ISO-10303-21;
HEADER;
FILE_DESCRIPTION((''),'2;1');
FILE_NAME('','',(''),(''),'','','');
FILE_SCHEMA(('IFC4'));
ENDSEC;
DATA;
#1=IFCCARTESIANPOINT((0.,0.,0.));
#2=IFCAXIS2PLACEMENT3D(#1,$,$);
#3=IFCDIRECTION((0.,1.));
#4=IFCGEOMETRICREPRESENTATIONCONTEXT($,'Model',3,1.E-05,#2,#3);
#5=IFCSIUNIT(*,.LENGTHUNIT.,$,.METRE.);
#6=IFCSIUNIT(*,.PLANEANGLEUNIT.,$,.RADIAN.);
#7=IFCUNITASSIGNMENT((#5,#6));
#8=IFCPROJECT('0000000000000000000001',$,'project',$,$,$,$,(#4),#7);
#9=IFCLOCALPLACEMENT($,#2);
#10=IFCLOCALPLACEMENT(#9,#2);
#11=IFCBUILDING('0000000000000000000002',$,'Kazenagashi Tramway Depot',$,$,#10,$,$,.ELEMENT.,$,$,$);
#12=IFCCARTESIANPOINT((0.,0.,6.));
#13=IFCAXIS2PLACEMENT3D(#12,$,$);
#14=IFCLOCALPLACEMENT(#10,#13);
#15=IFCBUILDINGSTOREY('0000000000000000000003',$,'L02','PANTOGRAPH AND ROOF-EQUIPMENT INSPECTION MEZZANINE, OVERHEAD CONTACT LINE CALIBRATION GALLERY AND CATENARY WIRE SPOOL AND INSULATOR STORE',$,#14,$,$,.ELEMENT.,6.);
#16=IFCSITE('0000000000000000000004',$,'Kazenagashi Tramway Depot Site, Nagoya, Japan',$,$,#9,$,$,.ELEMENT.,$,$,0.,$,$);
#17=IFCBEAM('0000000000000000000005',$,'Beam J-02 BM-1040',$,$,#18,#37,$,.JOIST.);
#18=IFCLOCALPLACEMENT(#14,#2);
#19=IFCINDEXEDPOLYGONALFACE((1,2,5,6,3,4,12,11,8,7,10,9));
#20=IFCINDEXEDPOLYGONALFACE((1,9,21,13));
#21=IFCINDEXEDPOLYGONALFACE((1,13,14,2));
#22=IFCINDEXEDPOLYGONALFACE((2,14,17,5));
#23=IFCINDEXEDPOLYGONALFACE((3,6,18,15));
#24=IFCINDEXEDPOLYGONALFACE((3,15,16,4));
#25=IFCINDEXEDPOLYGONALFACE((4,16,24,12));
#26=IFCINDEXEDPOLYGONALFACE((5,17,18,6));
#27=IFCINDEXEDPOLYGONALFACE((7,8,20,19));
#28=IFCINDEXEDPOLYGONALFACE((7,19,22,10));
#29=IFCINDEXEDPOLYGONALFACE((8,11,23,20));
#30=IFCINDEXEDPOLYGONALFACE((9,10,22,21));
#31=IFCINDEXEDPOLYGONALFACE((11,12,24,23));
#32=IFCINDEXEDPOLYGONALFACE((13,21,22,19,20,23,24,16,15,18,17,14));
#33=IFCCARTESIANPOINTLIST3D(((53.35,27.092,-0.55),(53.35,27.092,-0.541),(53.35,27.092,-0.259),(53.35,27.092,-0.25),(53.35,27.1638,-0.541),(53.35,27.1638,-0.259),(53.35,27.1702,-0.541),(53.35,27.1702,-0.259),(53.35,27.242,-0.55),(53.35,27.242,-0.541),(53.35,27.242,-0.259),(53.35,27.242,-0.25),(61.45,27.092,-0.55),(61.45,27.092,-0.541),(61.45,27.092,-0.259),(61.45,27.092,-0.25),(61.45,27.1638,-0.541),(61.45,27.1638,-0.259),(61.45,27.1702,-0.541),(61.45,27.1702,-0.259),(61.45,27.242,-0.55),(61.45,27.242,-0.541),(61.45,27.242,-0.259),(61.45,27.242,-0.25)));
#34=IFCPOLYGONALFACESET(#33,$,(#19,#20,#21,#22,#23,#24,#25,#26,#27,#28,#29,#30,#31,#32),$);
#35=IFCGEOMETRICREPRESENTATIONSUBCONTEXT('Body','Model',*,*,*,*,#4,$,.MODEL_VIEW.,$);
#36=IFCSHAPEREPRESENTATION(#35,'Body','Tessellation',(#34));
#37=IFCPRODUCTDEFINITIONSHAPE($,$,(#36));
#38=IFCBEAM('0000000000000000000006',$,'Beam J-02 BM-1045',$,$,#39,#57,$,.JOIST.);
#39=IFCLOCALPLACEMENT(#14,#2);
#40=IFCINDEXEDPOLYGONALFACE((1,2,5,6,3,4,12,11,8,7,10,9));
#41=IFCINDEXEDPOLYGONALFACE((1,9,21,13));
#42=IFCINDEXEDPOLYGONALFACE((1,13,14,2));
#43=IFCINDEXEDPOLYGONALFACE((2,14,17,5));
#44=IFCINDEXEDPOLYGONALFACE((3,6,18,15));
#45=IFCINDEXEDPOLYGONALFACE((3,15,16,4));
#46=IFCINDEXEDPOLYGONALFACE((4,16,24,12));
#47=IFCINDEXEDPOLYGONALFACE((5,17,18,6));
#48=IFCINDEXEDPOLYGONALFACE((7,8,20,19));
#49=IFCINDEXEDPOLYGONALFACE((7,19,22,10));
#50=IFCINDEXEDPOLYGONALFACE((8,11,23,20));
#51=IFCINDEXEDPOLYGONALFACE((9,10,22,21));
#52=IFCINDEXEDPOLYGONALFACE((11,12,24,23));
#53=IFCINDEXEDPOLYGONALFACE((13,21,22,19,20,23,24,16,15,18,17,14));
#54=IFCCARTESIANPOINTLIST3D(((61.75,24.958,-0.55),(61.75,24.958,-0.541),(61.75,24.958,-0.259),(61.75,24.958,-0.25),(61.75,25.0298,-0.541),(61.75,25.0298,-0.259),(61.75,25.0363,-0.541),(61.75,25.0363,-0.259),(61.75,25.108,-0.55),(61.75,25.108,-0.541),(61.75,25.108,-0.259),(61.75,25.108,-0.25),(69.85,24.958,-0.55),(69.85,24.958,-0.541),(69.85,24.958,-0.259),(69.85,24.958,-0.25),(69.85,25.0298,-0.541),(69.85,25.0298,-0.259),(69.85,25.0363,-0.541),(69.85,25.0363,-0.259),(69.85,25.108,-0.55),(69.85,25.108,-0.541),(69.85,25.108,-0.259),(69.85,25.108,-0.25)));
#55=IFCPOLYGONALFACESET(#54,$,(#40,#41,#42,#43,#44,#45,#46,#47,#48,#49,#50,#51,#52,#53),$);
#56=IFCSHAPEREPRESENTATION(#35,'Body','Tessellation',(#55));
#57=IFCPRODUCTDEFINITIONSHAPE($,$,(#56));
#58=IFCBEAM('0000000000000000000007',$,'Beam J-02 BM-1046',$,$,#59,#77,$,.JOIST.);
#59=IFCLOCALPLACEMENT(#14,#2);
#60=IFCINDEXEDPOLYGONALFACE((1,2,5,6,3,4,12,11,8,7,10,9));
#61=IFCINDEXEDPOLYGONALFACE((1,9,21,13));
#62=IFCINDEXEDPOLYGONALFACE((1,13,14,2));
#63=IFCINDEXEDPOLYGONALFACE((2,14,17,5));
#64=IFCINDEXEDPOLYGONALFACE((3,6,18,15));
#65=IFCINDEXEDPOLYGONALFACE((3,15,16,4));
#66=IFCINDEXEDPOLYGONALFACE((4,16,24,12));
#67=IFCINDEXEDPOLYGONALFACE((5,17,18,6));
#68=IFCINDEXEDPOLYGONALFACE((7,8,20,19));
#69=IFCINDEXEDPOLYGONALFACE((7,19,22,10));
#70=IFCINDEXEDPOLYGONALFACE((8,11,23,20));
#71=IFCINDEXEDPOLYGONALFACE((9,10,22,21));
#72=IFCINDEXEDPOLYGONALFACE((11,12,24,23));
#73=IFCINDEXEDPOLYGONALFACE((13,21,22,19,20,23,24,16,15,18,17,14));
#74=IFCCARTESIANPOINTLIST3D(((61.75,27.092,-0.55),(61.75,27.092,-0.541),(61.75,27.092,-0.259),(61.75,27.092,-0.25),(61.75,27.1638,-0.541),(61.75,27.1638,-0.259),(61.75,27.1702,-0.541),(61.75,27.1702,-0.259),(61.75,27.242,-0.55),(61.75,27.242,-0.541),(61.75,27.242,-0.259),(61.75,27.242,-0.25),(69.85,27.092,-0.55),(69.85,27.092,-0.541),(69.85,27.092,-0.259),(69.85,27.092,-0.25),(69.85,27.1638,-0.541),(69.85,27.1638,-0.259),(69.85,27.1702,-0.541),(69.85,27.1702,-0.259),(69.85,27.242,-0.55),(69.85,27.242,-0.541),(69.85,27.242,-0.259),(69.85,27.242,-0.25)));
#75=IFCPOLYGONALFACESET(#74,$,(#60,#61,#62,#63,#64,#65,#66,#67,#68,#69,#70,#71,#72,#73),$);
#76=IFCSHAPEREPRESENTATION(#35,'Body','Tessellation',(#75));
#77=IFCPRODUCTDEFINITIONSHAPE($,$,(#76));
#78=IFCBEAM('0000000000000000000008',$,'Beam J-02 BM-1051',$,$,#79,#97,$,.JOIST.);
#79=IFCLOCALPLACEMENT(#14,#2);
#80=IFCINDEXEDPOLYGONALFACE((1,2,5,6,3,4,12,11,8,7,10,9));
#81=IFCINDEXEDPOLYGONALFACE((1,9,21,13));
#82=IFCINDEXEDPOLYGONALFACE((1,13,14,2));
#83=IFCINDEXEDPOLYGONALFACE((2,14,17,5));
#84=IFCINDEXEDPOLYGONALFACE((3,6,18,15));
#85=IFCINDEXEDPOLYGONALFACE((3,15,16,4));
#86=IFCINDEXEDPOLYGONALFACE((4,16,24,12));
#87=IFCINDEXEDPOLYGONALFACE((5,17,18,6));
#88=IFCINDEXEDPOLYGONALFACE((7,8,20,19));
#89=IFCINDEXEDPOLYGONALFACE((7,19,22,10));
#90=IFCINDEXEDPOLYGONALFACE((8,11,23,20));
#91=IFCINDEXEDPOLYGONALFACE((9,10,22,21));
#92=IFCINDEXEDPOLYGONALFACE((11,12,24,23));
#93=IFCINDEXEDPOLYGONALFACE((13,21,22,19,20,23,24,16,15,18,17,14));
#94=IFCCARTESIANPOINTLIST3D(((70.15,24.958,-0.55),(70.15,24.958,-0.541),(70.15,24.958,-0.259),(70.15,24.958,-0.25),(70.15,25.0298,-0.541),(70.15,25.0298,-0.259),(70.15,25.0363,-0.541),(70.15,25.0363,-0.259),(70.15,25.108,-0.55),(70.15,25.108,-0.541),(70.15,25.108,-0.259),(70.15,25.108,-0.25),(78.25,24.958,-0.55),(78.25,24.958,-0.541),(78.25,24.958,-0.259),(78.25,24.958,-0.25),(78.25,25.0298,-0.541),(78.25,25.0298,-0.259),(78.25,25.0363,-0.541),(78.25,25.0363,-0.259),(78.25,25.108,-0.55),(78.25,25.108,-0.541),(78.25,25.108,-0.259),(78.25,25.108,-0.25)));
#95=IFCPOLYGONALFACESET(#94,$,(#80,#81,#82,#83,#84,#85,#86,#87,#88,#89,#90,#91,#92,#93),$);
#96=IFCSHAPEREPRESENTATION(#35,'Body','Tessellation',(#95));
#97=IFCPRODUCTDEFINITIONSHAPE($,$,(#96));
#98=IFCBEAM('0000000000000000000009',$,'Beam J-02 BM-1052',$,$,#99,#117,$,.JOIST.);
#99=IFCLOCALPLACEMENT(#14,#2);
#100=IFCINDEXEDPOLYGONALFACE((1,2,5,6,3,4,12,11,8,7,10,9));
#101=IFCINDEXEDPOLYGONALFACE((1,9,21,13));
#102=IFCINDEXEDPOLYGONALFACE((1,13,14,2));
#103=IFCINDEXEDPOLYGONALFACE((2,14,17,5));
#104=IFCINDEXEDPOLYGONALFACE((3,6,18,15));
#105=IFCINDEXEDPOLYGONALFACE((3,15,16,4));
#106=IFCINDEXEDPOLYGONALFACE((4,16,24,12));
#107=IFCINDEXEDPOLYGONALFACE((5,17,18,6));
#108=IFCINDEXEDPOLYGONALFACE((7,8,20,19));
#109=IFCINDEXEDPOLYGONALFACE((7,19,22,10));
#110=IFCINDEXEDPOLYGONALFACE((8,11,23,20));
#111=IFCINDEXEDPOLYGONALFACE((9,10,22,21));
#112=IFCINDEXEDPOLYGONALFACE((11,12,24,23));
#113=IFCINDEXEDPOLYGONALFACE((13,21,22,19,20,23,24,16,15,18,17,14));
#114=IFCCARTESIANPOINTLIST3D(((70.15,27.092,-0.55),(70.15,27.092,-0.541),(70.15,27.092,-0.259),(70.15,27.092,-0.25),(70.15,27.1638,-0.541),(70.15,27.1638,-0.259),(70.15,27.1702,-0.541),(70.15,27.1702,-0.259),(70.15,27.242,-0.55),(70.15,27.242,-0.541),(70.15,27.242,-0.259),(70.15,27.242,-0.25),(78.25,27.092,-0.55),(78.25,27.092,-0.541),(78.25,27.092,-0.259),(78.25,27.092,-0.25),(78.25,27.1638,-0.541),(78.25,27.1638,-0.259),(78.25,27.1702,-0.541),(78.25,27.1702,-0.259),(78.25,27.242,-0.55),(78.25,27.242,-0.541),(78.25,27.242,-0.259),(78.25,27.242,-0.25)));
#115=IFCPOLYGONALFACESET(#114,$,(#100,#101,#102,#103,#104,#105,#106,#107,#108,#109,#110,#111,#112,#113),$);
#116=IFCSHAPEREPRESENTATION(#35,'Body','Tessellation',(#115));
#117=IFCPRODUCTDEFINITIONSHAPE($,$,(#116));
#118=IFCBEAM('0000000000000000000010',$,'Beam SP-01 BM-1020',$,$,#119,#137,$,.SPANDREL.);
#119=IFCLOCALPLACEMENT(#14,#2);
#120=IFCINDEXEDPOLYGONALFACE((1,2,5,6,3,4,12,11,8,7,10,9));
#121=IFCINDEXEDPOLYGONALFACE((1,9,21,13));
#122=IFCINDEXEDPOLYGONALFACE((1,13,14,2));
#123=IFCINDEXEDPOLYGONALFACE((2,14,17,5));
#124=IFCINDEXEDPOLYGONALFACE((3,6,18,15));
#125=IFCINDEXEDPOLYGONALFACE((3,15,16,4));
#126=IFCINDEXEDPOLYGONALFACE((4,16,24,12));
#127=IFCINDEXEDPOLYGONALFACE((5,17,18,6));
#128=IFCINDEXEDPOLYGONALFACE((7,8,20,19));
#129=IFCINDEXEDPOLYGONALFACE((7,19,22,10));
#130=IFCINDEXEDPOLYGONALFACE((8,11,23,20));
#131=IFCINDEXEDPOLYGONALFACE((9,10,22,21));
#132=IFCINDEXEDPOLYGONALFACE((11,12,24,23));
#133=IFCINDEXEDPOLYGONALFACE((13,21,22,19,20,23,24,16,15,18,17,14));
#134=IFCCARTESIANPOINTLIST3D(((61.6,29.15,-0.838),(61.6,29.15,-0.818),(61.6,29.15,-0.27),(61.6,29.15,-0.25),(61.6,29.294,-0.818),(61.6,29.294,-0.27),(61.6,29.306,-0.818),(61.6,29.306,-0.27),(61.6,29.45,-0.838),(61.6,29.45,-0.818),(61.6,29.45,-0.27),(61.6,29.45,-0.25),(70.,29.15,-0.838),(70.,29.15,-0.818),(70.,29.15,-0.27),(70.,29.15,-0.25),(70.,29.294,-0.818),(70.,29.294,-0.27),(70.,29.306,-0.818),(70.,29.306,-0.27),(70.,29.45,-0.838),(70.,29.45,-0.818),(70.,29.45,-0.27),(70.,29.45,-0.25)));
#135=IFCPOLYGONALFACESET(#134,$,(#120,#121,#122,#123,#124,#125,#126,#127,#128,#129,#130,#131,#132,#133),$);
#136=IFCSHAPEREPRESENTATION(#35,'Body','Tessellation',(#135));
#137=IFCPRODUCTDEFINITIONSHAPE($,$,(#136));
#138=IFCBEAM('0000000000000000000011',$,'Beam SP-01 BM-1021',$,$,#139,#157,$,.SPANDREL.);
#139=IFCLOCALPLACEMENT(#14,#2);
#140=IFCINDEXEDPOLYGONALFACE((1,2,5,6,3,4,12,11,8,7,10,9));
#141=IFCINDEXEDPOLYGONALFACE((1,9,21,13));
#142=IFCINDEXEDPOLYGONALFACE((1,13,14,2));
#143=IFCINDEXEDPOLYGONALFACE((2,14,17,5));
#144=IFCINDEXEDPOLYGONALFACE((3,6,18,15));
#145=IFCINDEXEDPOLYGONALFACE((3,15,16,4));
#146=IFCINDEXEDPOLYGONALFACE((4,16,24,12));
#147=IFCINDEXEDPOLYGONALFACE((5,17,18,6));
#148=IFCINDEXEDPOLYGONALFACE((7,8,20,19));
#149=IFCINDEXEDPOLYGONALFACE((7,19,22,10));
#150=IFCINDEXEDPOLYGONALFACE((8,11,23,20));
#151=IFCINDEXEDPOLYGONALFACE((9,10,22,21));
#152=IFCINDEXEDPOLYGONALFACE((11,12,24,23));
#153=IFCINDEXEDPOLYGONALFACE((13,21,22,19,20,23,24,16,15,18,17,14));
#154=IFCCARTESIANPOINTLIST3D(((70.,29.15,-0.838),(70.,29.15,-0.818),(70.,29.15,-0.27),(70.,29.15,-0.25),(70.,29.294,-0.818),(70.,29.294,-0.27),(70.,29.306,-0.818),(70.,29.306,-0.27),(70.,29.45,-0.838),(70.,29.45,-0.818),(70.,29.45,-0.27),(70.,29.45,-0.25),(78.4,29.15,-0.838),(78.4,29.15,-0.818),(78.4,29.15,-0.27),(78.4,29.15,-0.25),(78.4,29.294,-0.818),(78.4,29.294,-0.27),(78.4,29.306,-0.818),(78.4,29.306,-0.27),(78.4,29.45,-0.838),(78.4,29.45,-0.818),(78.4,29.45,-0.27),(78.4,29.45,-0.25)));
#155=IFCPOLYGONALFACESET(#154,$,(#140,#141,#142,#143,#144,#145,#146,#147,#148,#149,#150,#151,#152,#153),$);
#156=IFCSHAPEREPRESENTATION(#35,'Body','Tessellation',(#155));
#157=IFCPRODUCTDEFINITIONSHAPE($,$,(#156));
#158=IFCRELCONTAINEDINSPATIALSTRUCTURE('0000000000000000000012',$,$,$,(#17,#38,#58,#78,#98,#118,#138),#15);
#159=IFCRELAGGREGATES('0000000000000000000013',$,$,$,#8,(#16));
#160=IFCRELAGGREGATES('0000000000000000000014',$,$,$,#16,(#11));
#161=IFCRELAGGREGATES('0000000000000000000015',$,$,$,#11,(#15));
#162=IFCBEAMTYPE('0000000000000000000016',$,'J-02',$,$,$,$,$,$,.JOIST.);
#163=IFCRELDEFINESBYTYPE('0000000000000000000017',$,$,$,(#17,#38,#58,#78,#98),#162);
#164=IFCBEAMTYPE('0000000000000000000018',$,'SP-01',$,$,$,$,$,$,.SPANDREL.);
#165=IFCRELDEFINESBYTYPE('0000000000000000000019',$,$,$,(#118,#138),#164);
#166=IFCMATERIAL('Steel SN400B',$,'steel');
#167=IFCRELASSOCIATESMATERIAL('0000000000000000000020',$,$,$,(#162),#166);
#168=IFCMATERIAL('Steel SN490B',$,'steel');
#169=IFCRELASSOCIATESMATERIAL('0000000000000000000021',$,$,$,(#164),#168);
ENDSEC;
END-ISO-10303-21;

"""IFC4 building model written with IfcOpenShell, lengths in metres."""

from ifc_helpers import new_model, si_unit, direction, frame, origin, origin_2d, place, context, subcontext, project, spatial, i_section, extrude, material, material_profile, profile_set, type_object, element, save


model = new_model("IFC4")

# Units and contexts
model_context = context("Model", 3, precision=1e-05, world=origin(), true_north=direction((0.0, 1.0)))
body_context = subcontext(model_context, "Body", "Model", "MODEL_VIEW")
ifc_project = project(units=[si_unit("LENGTHUNIT", "METRE"), si_unit("PLANEANGLEUNIT", "RADIAN")], contexts=[model_context])

# Site, building, storey
site_placement = place(None, origin())
site = spatial("IfcSite", under=ifc_project, at=site_placement, Name="Kazenagashi Tramway Depot Site, Nagoya, Japan", CompositionType="ELEMENT", RefElevation=0.0)
building_placement = place(site_placement, origin())
building = spatial("IfcBuilding", under=site, at=building_placement, Name="Kazenagashi Tramway Depot", CompositionType="ELEMENT")
storey_placement = place(building_placement, frame((0.0, 0.0, 6.0)))
storey = spatial("IfcBuildingStorey", under=building, at=storey_placement, Name="L02", Description="PANTOGRAPH AND ROOF-EQUIPMENT INSPECTION MEZZANINE, OVERHEAD CONTACT LINE CALIBRATION GALLERY AND CATENARY WIRE SPOOL AND INSULATOR STORE", CompositionType="ELEMENT", Elevation=6.0)

# Shared definitions
ifc_material_1 = material(Name="Steel SN490B", Category="steel")

# Beams
ifc_material_2 = material(Name="Steel SN400B", Category="steel")
ifc_material_profile_1 = material_profile(ifc_material_2, i_section(OverallWidth=0.15, OverallDepth=0.3, WebThickness=0.0065, FlangeThickness=0.009, at=origin_2d()), Name="H-300x150x6.5x9")
ifc_profile_set_1 = profile_set([ifc_material_profile_1], Name="Steel SN400B")
beam_type_1 = type_object("IfcBeamType", Name="J-02", PredefinedType="JOIST", material=ifc_profile_set_1)
for number, where, z_axis, x_axis, name in (
    (1, (53.35, 27.167, -0.4), (1.0, 0.0, 0.0), (0.0, 1.0, 0.0), "Beam J-02 BM-1040"),
    (2, (61.75, 25.033, -0.4), (1.0, 0.0, 0.0), (0.0, 1.0, 0.0), "Beam J-02 BM-1045"),
    (3, (61.75, 27.167, -0.4), (1.0, 0.0, 0.0), (0.0, 1.0, 0.0), "Beam J-02 BM-1046"),
    (4, (70.15, 25.033, -0.4), (1.0, 0.0, 0.0), (0.0, 1.0, 0.0), "Beam J-02 BM-1051"),
    (5, (70.15, 27.167, -0.4), (1.0, 0.0, 0.0), (0.0, 1.0, 0.0), "Beam J-02 BM-1052"),
):
    element("IfcBeam", number, at=place(storey_placement, frame(where, z_axis=z_axis, x_axis=x_axis)), inside=storey, type_object=beam_type_1, Name=name, PredefinedType="JOIST", context=body_context, shape_type="SweptSolid", body=[
        extrude(i_section(OverallWidth=0.15, OverallDepth=0.3, WebThickness=0.0065, FlangeThickness=0.009, at=origin_2d()), origin(), (0.0, 0.0, 1.0), 8.1),
    ])
ifc_material_profile_2 = material_profile(ifc_material_1, i_section(OverallWidth=0.3, OverallDepth=0.588, WebThickness=0.012, FlangeThickness=0.02, at=origin_2d()), Name="H-588x300x12x20")
ifc_profile_set_2 = profile_set([ifc_material_profile_2], Name="Steel SN490B")
beam_type_2 = type_object("IfcBeamType", Name="SP-01", PredefinedType="SPANDREL", material=ifc_profile_set_2)
for number, where, z_axis, x_axis, name in (
    (6, (61.6, 29.3, -0.544), (1.0, 0.0, 0.0), (0.0, 1.0, 0.0), "Beam SP-01 BM-1020"),
    (7, (70.0, 29.3, -0.544), (1.0, 0.0, 0.0), (0.0, 1.0, 0.0), "Beam SP-01 BM-1021"),
):
    element("IfcBeam", number, at=place(storey_placement, frame(where, z_axis=z_axis, x_axis=x_axis)), inside=storey, type_object=beam_type_2, Name=name, PredefinedType="SPANDREL", context=body_context, shape_type="SweptSolid", body=[
        extrude(i_section(OverallWidth=0.3, OverallDepth=0.588, WebThickness=0.012, FlangeThickness=0.02, at=origin_2d()), origin(), (0.0, 0.0, 1.0), 8.4),
    ])

save(model, "model.ifc")
